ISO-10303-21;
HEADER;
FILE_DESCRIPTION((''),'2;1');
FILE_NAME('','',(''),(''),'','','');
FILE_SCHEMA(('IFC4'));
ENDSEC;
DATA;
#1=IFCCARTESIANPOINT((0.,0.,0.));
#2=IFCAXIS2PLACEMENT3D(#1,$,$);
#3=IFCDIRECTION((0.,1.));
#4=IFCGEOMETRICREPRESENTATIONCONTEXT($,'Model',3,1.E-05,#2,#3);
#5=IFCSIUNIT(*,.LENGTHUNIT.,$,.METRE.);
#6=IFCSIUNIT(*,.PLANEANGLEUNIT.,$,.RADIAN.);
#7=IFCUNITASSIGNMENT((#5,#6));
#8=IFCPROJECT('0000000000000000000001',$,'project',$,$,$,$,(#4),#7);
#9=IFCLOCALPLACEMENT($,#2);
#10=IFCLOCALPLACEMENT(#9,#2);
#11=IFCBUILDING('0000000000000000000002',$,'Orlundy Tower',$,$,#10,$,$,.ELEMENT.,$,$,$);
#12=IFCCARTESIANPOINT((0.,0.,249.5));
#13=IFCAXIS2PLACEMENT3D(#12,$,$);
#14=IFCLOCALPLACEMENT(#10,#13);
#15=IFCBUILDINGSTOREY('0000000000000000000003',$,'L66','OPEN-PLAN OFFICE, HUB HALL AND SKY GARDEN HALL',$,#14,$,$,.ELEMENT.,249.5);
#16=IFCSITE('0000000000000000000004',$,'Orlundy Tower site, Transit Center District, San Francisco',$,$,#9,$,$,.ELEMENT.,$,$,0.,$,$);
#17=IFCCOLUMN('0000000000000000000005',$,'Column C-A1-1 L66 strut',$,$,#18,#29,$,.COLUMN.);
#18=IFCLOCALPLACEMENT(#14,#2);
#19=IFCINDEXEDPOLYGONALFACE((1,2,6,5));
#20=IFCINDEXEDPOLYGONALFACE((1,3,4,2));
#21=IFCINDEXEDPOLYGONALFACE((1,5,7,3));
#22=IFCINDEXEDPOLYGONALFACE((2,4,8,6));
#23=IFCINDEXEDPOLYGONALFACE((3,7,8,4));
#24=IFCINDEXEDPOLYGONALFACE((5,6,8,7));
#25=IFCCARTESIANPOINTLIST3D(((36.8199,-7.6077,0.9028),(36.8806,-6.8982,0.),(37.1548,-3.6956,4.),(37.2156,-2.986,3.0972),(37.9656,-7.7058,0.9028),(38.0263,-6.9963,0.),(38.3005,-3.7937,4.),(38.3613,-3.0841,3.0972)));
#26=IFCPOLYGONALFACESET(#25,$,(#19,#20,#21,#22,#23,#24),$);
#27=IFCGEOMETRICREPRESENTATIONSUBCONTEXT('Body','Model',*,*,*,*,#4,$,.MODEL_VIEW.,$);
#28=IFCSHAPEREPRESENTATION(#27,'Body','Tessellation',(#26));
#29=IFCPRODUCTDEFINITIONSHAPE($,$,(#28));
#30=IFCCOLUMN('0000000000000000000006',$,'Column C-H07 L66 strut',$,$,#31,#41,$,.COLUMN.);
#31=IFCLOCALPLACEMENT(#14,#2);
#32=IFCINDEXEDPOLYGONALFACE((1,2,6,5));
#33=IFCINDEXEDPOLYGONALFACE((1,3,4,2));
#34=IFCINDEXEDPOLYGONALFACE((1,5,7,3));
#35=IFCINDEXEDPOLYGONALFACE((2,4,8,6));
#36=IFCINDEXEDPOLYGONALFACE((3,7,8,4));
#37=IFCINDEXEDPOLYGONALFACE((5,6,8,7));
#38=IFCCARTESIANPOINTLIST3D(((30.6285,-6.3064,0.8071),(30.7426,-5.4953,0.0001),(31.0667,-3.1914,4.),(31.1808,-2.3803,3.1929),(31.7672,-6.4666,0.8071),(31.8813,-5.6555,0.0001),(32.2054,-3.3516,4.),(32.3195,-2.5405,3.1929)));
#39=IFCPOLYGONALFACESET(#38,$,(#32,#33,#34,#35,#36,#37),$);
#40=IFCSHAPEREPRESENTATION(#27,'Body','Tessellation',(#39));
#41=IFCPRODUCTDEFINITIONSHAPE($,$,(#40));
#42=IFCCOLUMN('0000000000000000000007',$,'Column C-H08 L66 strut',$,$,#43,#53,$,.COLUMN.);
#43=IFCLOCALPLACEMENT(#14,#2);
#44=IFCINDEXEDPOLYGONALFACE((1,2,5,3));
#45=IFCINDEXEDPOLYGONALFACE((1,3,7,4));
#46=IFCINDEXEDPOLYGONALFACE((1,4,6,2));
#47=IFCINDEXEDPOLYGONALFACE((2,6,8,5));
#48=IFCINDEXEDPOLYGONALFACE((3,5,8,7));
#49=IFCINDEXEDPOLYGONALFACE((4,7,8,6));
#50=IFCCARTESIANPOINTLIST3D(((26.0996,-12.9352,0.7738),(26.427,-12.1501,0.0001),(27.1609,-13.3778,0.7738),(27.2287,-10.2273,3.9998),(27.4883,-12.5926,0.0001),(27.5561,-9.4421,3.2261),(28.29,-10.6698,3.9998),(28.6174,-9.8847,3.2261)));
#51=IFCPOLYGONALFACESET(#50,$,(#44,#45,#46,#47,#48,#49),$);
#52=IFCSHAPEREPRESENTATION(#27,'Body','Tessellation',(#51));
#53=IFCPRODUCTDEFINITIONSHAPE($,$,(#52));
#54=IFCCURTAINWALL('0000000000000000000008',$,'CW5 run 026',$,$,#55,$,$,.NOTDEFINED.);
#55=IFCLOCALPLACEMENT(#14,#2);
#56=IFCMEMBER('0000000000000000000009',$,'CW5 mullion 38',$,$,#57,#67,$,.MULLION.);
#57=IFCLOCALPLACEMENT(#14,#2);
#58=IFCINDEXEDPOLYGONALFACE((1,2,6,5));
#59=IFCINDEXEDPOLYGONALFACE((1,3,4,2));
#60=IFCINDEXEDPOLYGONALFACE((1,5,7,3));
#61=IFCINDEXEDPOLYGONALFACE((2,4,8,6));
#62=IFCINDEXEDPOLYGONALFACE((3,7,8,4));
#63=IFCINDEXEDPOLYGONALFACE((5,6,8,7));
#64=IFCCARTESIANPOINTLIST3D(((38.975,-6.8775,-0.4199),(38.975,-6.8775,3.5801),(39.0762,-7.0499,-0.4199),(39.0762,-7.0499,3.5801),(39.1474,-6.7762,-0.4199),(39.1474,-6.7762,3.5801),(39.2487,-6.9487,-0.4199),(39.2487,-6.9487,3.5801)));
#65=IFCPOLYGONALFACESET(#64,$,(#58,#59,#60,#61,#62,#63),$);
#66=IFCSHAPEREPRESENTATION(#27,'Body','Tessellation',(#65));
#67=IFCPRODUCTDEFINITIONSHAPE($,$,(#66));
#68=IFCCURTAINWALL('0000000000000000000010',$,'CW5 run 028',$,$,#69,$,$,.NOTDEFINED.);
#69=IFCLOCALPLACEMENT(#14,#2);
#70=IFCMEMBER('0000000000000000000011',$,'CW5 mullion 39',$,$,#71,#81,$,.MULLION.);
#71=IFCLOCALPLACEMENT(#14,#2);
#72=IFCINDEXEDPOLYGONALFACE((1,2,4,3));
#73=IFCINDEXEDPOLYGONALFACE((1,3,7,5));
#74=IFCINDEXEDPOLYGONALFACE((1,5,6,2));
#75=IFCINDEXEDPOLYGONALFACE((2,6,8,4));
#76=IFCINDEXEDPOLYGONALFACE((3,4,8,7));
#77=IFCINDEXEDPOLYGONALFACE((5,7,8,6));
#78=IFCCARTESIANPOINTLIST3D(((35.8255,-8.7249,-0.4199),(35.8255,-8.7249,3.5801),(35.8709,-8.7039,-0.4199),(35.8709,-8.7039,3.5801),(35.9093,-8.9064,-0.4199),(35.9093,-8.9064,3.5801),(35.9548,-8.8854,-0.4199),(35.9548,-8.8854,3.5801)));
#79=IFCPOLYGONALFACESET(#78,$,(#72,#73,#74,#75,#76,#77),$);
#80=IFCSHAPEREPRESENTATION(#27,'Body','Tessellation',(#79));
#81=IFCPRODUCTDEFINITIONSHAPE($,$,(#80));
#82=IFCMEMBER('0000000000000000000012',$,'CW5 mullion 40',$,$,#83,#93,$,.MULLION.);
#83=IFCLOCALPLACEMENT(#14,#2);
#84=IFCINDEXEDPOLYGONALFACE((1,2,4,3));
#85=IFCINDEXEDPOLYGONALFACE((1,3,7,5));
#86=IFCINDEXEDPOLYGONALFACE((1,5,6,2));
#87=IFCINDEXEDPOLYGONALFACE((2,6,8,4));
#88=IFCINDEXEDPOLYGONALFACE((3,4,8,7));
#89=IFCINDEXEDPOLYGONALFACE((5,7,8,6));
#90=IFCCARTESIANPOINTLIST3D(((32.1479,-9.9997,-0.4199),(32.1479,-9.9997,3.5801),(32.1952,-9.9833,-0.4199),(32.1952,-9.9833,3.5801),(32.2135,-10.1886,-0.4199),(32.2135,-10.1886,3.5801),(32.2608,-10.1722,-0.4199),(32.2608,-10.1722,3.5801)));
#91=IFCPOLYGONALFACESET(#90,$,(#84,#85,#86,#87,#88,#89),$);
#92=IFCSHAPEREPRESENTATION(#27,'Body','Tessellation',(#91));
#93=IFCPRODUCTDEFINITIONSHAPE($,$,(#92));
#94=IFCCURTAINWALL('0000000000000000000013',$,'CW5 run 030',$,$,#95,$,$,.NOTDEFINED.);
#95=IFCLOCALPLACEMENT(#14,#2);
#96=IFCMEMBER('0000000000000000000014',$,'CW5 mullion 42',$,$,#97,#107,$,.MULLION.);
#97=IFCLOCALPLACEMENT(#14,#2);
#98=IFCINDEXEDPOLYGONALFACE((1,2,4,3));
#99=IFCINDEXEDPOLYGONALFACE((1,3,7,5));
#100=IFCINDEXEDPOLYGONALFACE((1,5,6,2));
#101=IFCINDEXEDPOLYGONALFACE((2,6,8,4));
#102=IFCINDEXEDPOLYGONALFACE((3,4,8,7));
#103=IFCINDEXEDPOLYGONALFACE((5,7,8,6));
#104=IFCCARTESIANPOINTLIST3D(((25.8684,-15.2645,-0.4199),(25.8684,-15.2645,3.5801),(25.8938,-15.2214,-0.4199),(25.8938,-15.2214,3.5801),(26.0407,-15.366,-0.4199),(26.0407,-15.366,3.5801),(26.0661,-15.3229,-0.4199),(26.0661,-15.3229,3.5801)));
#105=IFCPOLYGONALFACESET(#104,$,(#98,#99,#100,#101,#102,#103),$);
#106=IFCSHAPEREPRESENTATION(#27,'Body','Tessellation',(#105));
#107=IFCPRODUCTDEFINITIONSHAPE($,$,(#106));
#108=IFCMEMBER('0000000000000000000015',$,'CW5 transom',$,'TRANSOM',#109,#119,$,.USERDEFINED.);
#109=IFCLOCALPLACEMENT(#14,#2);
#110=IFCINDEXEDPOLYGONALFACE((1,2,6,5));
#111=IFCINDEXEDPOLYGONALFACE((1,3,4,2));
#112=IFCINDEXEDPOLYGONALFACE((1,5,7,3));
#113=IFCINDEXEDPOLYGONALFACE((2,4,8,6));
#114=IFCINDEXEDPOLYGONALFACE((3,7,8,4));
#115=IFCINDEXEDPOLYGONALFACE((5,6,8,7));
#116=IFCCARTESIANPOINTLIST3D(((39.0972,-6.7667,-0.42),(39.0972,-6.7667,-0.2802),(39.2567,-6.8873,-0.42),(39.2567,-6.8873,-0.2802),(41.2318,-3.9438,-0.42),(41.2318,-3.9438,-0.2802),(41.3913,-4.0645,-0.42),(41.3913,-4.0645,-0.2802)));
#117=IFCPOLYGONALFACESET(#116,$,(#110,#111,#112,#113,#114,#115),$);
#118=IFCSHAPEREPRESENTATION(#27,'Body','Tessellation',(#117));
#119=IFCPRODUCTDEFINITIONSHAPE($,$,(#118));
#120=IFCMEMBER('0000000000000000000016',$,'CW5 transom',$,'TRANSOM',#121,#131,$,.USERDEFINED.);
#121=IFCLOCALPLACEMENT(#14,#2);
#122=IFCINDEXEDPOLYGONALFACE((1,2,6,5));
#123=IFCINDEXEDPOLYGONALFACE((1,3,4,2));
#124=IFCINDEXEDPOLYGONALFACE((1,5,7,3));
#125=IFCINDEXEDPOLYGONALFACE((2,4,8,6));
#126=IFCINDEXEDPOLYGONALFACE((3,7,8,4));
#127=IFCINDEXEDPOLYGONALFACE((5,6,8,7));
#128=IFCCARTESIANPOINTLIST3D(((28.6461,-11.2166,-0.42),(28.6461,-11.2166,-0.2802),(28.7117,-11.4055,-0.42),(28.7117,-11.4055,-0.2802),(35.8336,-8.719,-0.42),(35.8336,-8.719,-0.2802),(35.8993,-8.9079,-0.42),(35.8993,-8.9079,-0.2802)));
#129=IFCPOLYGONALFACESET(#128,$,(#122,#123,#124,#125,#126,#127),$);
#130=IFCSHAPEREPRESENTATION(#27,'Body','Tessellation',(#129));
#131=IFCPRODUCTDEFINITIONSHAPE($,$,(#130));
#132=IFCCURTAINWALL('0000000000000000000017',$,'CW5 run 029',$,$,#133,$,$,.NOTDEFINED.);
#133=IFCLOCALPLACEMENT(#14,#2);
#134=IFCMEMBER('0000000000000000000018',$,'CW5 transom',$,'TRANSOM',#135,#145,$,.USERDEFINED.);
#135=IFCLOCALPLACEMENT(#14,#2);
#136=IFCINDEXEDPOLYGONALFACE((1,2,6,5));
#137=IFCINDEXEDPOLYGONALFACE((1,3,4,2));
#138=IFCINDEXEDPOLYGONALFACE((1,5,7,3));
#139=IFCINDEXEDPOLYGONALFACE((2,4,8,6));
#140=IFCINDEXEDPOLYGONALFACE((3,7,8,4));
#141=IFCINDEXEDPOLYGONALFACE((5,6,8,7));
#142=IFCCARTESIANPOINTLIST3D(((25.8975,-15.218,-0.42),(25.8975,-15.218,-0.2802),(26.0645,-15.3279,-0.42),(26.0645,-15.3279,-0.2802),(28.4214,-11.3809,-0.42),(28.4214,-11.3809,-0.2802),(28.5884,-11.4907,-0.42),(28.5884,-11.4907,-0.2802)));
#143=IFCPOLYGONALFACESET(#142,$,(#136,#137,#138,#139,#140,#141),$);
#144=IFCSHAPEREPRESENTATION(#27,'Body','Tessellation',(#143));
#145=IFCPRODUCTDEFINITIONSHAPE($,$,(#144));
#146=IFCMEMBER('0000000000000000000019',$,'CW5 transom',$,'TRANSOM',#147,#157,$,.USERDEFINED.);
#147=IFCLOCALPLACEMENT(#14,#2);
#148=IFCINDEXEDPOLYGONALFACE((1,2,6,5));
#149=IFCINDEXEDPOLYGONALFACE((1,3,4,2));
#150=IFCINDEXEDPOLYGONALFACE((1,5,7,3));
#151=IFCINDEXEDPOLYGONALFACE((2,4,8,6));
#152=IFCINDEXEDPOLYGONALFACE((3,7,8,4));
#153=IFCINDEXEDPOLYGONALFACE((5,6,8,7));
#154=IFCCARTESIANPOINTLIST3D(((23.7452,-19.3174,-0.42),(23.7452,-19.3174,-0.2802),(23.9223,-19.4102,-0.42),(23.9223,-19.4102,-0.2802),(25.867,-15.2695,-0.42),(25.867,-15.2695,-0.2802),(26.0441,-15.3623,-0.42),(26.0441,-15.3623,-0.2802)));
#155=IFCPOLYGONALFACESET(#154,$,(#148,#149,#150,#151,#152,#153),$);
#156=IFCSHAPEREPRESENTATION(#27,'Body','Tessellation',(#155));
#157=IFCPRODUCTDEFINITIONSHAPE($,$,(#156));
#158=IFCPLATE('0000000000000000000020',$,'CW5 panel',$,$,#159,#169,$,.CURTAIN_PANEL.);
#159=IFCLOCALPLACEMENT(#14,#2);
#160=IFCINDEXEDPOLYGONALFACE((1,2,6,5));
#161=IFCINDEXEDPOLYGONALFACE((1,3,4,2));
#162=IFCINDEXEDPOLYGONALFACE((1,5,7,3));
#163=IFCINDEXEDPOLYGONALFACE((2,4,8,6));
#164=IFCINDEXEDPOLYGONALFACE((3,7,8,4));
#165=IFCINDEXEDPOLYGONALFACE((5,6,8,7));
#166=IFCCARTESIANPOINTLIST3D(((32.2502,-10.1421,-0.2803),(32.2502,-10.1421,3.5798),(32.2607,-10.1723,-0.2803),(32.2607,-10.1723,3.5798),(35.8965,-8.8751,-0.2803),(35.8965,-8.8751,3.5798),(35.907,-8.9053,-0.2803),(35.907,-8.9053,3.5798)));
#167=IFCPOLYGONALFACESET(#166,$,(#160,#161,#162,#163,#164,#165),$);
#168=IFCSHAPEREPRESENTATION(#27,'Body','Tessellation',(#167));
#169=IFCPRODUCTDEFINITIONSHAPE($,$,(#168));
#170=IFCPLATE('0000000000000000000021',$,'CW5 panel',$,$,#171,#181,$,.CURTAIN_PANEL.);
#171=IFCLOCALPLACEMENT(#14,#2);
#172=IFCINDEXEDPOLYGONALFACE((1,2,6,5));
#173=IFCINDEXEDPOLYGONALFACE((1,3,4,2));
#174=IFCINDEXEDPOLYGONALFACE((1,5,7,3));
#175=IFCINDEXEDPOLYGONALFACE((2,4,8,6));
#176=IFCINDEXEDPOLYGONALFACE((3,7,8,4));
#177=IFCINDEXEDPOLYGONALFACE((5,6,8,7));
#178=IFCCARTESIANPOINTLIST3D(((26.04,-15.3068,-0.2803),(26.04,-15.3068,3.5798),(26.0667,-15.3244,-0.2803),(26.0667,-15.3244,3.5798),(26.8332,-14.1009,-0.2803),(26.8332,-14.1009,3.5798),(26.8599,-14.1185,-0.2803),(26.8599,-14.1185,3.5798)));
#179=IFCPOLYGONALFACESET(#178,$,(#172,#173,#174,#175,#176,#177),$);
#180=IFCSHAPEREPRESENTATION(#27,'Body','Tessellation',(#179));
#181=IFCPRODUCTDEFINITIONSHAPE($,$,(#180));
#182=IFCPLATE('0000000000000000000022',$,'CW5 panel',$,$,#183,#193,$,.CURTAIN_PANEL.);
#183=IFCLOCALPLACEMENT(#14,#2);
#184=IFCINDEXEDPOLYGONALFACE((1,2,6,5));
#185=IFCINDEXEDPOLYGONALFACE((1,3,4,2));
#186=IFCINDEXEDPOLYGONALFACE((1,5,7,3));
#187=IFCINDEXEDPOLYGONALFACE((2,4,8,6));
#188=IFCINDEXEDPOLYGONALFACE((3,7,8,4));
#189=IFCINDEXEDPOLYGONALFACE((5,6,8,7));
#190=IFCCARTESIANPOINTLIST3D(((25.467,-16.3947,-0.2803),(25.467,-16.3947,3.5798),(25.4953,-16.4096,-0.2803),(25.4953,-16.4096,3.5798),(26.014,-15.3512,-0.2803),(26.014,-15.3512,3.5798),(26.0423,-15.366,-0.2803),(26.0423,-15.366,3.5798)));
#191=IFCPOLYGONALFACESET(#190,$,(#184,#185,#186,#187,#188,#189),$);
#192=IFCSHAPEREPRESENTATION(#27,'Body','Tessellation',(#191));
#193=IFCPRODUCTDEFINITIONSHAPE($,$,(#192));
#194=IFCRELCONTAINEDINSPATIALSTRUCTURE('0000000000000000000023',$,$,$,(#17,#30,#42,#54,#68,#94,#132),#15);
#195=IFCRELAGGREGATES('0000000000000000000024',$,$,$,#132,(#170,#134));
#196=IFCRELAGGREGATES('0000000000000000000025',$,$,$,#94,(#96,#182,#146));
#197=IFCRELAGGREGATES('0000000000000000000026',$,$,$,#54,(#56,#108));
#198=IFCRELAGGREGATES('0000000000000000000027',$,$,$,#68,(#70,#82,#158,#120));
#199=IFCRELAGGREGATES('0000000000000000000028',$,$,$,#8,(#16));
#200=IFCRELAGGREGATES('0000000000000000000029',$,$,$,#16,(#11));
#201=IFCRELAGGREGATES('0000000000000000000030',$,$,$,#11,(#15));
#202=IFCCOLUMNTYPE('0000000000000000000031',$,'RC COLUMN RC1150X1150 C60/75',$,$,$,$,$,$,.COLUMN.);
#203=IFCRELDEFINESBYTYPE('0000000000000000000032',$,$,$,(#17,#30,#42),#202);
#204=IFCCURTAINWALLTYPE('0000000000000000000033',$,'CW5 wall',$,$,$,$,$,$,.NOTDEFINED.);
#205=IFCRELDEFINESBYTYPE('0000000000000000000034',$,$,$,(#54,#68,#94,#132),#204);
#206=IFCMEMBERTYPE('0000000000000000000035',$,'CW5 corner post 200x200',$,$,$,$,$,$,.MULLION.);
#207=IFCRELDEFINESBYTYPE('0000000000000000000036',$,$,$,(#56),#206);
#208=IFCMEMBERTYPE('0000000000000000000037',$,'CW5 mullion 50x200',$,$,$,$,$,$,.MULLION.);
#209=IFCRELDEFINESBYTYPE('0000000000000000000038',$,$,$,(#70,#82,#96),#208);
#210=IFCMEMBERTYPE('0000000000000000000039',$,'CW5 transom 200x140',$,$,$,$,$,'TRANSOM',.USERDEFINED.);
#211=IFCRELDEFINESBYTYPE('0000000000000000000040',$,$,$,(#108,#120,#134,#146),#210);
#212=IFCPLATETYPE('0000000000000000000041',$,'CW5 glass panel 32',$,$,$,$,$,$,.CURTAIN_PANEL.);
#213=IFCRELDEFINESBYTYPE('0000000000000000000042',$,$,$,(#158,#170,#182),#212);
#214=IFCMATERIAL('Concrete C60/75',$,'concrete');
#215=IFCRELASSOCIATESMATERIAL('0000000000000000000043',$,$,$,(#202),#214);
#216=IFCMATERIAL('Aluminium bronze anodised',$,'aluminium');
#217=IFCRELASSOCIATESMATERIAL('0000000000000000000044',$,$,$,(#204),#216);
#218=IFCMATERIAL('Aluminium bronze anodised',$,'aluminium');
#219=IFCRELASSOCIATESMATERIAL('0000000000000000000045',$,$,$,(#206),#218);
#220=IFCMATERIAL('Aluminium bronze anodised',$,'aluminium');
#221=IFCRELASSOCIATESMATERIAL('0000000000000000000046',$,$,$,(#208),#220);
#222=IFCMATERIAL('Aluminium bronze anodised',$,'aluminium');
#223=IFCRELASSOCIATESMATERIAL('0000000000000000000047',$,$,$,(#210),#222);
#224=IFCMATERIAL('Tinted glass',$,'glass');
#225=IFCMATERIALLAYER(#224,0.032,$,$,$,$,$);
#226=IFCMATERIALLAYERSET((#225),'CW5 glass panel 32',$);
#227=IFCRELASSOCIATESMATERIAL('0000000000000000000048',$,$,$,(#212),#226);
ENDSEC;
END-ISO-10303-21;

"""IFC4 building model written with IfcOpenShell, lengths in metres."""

from ifc_helpers import new_model, si_unit, direction, frame, origin, origin_2d, place, context, subcontext, project, spatial, rectangle, extrude, material, layer, layer_set, material_profile, profile_set, type_object, element, aggregate, save


model = new_model("IFC4")

# Units and contexts
model_context = context("Model", 3, precision=1e-05, world=origin(), true_north=direction((0.0, 1.0)))
body_context = subcontext(model_context, "Body", "Model", "MODEL_VIEW")
ifc_project = project(units=[si_unit("LENGTHUNIT", "METRE"), si_unit("PLANEANGLEUNIT", "RADIAN")], contexts=[model_context])

# Site, building, storey
site_placement = place(None, origin())
site = spatial("IfcSite", under=ifc_project, at=site_placement, Name="Orlundy Tower site, Transit Center District, San Francisco", CompositionType="ELEMENT", RefElevation=0.0)
building_placement = place(site_placement, origin())
building = spatial("IfcBuilding", under=site, at=building_placement, Name="Orlundy Tower", CompositionType="ELEMENT")
storey_placement = place(building_placement, frame((0.0, 0.0, 249.5)))
storey = spatial("IfcBuildingStorey", under=building, at=storey_placement, Name="L66", Description="OPEN-PLAN OFFICE, HUB HALL AND SKY GARDEN HALL", CompositionType="ELEMENT", Elevation=249.5)

# Columns
ifc_material_1 = material(Name="Concrete C60/75", Category="concrete")
ifc_material_profile_1 = material_profile(ifc_material_1, rectangle(XDim=1.1499, YDim=1.1499, at=origin_2d()), Name="RC1150X1150")
ifc_profile_set_1 = profile_set([ifc_material_profile_1], Name="Concrete C60/75")
column_type = type_object("IfcColumnType", Name="RC COLUMN RC1150X1150 C60/75", PredefinedType="COLUMN", material=ifc_profile_set_1)
column_1_placement = place(storey_placement, frame((37.4231, -7.302, 0.4514), z_axis=(0.06698, 0.782277, 0.619319), x_axis=(-0.996355, 0.085309, 0.0)))
element("IfcColumn", 1, at=column_1_placement, inside=storey, type_object=column_type, Name="Column C-A1-1 L66 strut", PredefinedType="COLUMN", context=body_context, shape_type="SweptSolid", body=[
    extrude(rectangle(XDim=1.1499, YDim=1.1499, at=origin_2d()), origin(), (0.0, 0.0, 1.0), 5.001),
])
column_2_placement = place(storey_placement, frame((31.2549, -5.981, 0.4036), z_axis=(0.097773, 0.694977, 0.712353), x_axis=(-0.990248, 0.139313, 0.0)))
element("IfcColumn", 2, at=column_2_placement, inside=storey, type_object=column_type, Name="Column C-H07 L66 strut", PredefinedType="COLUMN", context=body_context, shape_type="SweptSolid", body=[
    extrude(rectangle(XDim=1.1499, YDim=1.1499, at=origin_2d()), origin(), (0.0, 0.0, 1.0), 4.4822),
])
column_3_placement = place(storey_placement, frame((26.7939, -12.7639, 0.387), z_axis=(0.258937, 0.621001, 0.739804), x_axis=(-0.922978, 0.384852, 0.0)))
element("IfcColumn", 3, at=column_3_placement, inside=storey, type_object=column_type, Name="Column C-H08 L66 strut", PredefinedType="COLUMN", context=body_context, shape_type="SweptSolid", body=[
    extrude(rectangle(XDim=1.1499, YDim=1.1499, at=origin_2d()), origin(), (0.0, 0.0, 1.0), 4.3606),
])

# Curtain wall, member
ifc_material_2 = material(Name="Aluminium bronze anodised", Category="aluminium")
curtain_wall_type = type_object("IfcCurtainWallType", Name="CW5 wall", PredefinedType="NOTDEFINED", material=ifc_material_2)
curtain_wall_1_placement = place(storey_placement, origin())
curtain_wall_1 = element("IfcCurtainWall", 4, at=curtain_wall_1_placement, inside=storey, type_object=curtain_wall_type, Name="CW5 run 026", PredefinedType="NOTDEFINED")
ifc_material_3 = material(Name="Aluminium bronze anodised", Category="aluminium")
ifc_material_profile_2 = material_profile(ifc_material_3, rectangle(XDim=0.2, YDim=0.2, at=origin_2d()), Name="CW5 corner post 200x200")
ifc_profile_set_2 = profile_set([ifc_material_profile_2], Name="Aluminium bronze anodised")
member_type_1 = type_object("IfcMemberType", Name="CW5 corner post 200x200", PredefinedType="MULLION", material=ifc_profile_set_2)
member_1_placement = place(storey_placement, frame((39.1118, -6.9131, -0.4199), z_axis=(0.0, 0.0, 1.0), x_axis=(0.506419, -0.862288, 0.0)))
member_1 = element("IfcMember", 5, at=member_1_placement, type_object=member_type_1, Name="CW5 mullion 38", PredefinedType="MULLION", context=body_context, shape_type="SweptSolid", body=[
    extrude(rectangle(XDim=0.2, YDim=0.2, at=origin_2d()), origin(), (0.0, 0.0, 1.0), 4.0),
])

# Curtain wall, members
curtain_wall_2_placement = place(storey_placement, origin())
curtain_wall_2 = element("IfcCurtainWall", 6, at=curtain_wall_2_placement, inside=storey, type_object=curtain_wall_type, Name="CW5 run 028", PredefinedType="NOTDEFINED")
ifc_material_4 = material(Name="Aluminium bronze anodised", Category="aluminium")
ifc_material_profile_3 = material_profile(ifc_material_4, rectangle(XDim=0.2, YDim=0.05, at=origin_2d()), Name="CW5 mullion 50x200")
ifc_profile_set_3 = profile_set([ifc_material_profile_3], Name="Aluminium bronze anodised")
member_type_2 = type_object("IfcMemberType", Name="CW5 mullion 50x200", PredefinedType="MULLION", material=ifc_profile_set_3)
member_2_placement = place(storey_placement, frame((35.8901, -8.8052, -0.4199), z_axis=(0.0, 0.0, 1.0), x_axis=(0.419347, -0.907826, 0.0)))
member_2 = element("IfcMember", 7, at=member_2_placement, type_object=member_type_2, Name="CW5 mullion 39", PredefinedType="MULLION", context=body_context, shape_type="SweptSolid", body=[
    extrude(rectangle(XDim=0.2, YDim=0.05, at=origin_2d()), origin(), (0.0, 0.0, 1.0), 4.0),
])
member_3_placement = place(storey_placement, frame((32.2043, -10.0859, -0.4199), z_axis=(0.0, 0.0, 1.0), x_axis=(0.328227, -0.944599, 0.0)))
member_3 = element("IfcMember", 8, at=member_3_placement, type_object=member_type_2, Name="CW5 mullion 40", PredefinedType="MULLION", context=body_context, shape_type="SweptSolid", body=[
    extrude(rectangle(XDim=0.2, YDim=0.05, at=origin_2d()), origin(), (0.0, 0.0, 1.0), 4.0),
])

# Curtain wall, member
curtain_wall_3_placement = place(storey_placement, origin())
curtain_wall_3 = element("IfcCurtainWall", 9, at=curtain_wall_3_placement, inside=storey, type_object=curtain_wall_type, Name="CW5 run 030", PredefinedType="NOTDEFINED")
member_4_placement = place(storey_placement, frame((25.9673, -15.2937, -0.4199), z_axis=(0.0, 0.0, 1.0), x_axis=(0.861633, -0.507532, 0.0)))
member_4 = element("IfcMember", 10, at=member_4_placement, type_object=member_type_2, Name="CW5 mullion 42", PredefinedType="MULLION", context=body_context, shape_type="SweptSolid", body=[
    extrude(rectangle(XDim=0.2, YDim=0.05, at=origin_2d()), origin(), (0.0, 0.0, 1.0), 4.0),
])

# Members
ifc_material_5 = material(Name="Aluminium bronze anodised", Category="aluminium")
ifc_material_profile_4 = material_profile(ifc_material_5, rectangle(XDim=0.2, YDim=0.1399, at=origin_2d()), Name="CW5 transom 200x140")
ifc_profile_set_4 = profile_set([ifc_material_profile_4], Name="Aluminium bronze anodised")
member_type_3 = type_object("IfcMemberType", Name="CW5 transom 200x140", ElementType="TRANSOM", PredefinedType="USERDEFINED", material=ifc_profile_set_4)
member_5_placement = place(storey_placement, frame((41.3115, -4.0042, -0.3501), z_axis=(-0.603152, -0.797626, 0.0), x_axis=(0.797626, -0.603152, 0.0)))
member_5 = element("IfcMember", 11, at=member_5_placement, type_object=member_type_3, Name="CW5 transom", ObjectType="TRANSOM", PredefinedType="USERDEFINED", context=body_context, shape_type="SweptSolid", body=[
    extrude(rectangle(XDim=0.2, YDim=0.1399, at=origin_2d()), origin(), (0.0, 0.0, 1.0), 3.5391),
])
member_6_placement = place(storey_placement, frame((35.8665, -8.8135, -0.3501), z_axis=(-0.944596, -0.328234, 0.0), x_axis=(0.328234, -0.944596, 0.0)))
member_6 = element("IfcMember", 12, at=member_6_placement, type_object=member_type_3, Name="CW5 transom", ObjectType="TRANSOM", PredefinedType="USERDEFINED", context=body_context, shape_type="SweptSolid", body=[
    extrude(rectangle(XDim=0.2, YDim=0.1399, at=origin_2d()), origin(), (0.0, 0.0, 1.0), 7.6091),
])

# Curtain wall, member
curtain_wall_4_placement = place(storey_placement, origin())
curtain_wall_4 = element("IfcCurtainWall", 13, at=curtain_wall_4_placement, inside=storey, type_object=curtain_wall_type, Name="CW5 run 029", PredefinedType="NOTDEFINED")
member_7_placement = place(storey_placement, frame((28.5049, -11.4358, -0.3501), z_axis=(-0.549537, -0.835469, 0.0), x_axis=(0.835469, -0.549537, 0.0)))
member_7 = element("IfcMember", 14, at=member_7_placement, type_object=member_type_3, Name="CW5 transom", ObjectType="TRANSOM", PredefinedType="USERDEFINED", context=body_context, shape_type="SweptSolid", body=[
    extrude(rectangle(XDim=0.2, YDim=0.1399, at=origin_2d()), origin(), (0.0, 0.0, 1.0), 4.5928),
])

# Member
member_8_placement = place(storey_placement, frame((25.9556, -15.3159, -0.3501), z_axis=(-0.464268, -0.885695, 0.0), x_axis=(0.885695, -0.464268, 0.0)))
member_8 = element("IfcMember", 15, at=member_8_placement, type_object=member_type_3, Name="CW5 transom", ObjectType="TRANSOM", PredefinedType="USERDEFINED", context=body_context, shape_type="SweptSolid", body=[
    extrude(rectangle(XDim=0.2, YDim=0.1399, at=origin_2d()), origin(), (0.0, 0.0, 1.0), 4.5703),
])

# Plates
ifc_material_6 = material(Name="Tinted glass", Category="glass")
ifc_layer_1 = layer(ifc_material_6, 0.032)
ifc_layer_set_1 = layer_set([ifc_layer_1], Name="CW5 glass panel 32")
plate_type_1 = type_object("IfcPlateType", Name="CW5 glass panel 32", PredefinedType="CURTAIN_PANEL", material=ifc_layer_set_1)
plate_1_placement = place(storey_placement, frame((34.0786, -9.5237, -0.2803), z_axis=(0.0, 0.0, 1.0), x_axis=(-0.944599, -0.328227, 0.0)))
plate_1 = element("IfcPlate", 16, at=plate_1_placement, type_object=plate_type_1, Name="CW5 panel", PredefinedType="CURTAIN_PANEL", context=body_context, shape_type="SweptSolid", body=[
    extrude(rectangle(XDim=3.8601, YDim=0.032, at=origin_2d()), origin(), (0.0, 0.0, 1.0), 3.8601),
])
plate_2_placement = place(storey_placement, frame((26.45, -14.7126, -0.2803), z_axis=(0.0, 0.0, 1.0), x_axis=(-0.549547, -0.835463, 0.0)))
plate_2 = element("IfcPlate", 17, at=plate_2_placement, type_object=plate_type_1, Name="CW5 panel", PredefinedType="CURTAIN_PANEL", context=body_context, shape_type="SweptSolid", body=[
    extrude(rectangle(XDim=1.4434, YDim=0.032, at=origin_2d()), origin(), (0.0, 0.0, 1.0), 3.8601),
])
aggregate(curtain_wall_4, [plate_2, member_7])
plate_3_placement = place(storey_placement, frame((25.7546, -15.8804, -0.2803), z_axis=(0.0, 0.0, 1.0), x_axis=(-0.464274, -0.885692, 0.0)))
plate_3 = element("IfcPlate", 18, at=plate_3_placement, type_object=plate_type_1, Name="CW5 panel", PredefinedType="CURTAIN_PANEL", context=body_context, shape_type="SweptSolid", body=[
    extrude(rectangle(XDim=1.1782, YDim=0.032, at=origin_2d()), origin(), (0.0, 0.0, 1.0), 3.8601),
])
aggregate(curtain_wall_3, [member_4, plate_3, member_8])
aggregate(curtain_wall_1, [member_1, member_5])
aggregate(curtain_wall_2, [member_2, member_3, plate_1, member_6])

save(model, "model.ifc")
